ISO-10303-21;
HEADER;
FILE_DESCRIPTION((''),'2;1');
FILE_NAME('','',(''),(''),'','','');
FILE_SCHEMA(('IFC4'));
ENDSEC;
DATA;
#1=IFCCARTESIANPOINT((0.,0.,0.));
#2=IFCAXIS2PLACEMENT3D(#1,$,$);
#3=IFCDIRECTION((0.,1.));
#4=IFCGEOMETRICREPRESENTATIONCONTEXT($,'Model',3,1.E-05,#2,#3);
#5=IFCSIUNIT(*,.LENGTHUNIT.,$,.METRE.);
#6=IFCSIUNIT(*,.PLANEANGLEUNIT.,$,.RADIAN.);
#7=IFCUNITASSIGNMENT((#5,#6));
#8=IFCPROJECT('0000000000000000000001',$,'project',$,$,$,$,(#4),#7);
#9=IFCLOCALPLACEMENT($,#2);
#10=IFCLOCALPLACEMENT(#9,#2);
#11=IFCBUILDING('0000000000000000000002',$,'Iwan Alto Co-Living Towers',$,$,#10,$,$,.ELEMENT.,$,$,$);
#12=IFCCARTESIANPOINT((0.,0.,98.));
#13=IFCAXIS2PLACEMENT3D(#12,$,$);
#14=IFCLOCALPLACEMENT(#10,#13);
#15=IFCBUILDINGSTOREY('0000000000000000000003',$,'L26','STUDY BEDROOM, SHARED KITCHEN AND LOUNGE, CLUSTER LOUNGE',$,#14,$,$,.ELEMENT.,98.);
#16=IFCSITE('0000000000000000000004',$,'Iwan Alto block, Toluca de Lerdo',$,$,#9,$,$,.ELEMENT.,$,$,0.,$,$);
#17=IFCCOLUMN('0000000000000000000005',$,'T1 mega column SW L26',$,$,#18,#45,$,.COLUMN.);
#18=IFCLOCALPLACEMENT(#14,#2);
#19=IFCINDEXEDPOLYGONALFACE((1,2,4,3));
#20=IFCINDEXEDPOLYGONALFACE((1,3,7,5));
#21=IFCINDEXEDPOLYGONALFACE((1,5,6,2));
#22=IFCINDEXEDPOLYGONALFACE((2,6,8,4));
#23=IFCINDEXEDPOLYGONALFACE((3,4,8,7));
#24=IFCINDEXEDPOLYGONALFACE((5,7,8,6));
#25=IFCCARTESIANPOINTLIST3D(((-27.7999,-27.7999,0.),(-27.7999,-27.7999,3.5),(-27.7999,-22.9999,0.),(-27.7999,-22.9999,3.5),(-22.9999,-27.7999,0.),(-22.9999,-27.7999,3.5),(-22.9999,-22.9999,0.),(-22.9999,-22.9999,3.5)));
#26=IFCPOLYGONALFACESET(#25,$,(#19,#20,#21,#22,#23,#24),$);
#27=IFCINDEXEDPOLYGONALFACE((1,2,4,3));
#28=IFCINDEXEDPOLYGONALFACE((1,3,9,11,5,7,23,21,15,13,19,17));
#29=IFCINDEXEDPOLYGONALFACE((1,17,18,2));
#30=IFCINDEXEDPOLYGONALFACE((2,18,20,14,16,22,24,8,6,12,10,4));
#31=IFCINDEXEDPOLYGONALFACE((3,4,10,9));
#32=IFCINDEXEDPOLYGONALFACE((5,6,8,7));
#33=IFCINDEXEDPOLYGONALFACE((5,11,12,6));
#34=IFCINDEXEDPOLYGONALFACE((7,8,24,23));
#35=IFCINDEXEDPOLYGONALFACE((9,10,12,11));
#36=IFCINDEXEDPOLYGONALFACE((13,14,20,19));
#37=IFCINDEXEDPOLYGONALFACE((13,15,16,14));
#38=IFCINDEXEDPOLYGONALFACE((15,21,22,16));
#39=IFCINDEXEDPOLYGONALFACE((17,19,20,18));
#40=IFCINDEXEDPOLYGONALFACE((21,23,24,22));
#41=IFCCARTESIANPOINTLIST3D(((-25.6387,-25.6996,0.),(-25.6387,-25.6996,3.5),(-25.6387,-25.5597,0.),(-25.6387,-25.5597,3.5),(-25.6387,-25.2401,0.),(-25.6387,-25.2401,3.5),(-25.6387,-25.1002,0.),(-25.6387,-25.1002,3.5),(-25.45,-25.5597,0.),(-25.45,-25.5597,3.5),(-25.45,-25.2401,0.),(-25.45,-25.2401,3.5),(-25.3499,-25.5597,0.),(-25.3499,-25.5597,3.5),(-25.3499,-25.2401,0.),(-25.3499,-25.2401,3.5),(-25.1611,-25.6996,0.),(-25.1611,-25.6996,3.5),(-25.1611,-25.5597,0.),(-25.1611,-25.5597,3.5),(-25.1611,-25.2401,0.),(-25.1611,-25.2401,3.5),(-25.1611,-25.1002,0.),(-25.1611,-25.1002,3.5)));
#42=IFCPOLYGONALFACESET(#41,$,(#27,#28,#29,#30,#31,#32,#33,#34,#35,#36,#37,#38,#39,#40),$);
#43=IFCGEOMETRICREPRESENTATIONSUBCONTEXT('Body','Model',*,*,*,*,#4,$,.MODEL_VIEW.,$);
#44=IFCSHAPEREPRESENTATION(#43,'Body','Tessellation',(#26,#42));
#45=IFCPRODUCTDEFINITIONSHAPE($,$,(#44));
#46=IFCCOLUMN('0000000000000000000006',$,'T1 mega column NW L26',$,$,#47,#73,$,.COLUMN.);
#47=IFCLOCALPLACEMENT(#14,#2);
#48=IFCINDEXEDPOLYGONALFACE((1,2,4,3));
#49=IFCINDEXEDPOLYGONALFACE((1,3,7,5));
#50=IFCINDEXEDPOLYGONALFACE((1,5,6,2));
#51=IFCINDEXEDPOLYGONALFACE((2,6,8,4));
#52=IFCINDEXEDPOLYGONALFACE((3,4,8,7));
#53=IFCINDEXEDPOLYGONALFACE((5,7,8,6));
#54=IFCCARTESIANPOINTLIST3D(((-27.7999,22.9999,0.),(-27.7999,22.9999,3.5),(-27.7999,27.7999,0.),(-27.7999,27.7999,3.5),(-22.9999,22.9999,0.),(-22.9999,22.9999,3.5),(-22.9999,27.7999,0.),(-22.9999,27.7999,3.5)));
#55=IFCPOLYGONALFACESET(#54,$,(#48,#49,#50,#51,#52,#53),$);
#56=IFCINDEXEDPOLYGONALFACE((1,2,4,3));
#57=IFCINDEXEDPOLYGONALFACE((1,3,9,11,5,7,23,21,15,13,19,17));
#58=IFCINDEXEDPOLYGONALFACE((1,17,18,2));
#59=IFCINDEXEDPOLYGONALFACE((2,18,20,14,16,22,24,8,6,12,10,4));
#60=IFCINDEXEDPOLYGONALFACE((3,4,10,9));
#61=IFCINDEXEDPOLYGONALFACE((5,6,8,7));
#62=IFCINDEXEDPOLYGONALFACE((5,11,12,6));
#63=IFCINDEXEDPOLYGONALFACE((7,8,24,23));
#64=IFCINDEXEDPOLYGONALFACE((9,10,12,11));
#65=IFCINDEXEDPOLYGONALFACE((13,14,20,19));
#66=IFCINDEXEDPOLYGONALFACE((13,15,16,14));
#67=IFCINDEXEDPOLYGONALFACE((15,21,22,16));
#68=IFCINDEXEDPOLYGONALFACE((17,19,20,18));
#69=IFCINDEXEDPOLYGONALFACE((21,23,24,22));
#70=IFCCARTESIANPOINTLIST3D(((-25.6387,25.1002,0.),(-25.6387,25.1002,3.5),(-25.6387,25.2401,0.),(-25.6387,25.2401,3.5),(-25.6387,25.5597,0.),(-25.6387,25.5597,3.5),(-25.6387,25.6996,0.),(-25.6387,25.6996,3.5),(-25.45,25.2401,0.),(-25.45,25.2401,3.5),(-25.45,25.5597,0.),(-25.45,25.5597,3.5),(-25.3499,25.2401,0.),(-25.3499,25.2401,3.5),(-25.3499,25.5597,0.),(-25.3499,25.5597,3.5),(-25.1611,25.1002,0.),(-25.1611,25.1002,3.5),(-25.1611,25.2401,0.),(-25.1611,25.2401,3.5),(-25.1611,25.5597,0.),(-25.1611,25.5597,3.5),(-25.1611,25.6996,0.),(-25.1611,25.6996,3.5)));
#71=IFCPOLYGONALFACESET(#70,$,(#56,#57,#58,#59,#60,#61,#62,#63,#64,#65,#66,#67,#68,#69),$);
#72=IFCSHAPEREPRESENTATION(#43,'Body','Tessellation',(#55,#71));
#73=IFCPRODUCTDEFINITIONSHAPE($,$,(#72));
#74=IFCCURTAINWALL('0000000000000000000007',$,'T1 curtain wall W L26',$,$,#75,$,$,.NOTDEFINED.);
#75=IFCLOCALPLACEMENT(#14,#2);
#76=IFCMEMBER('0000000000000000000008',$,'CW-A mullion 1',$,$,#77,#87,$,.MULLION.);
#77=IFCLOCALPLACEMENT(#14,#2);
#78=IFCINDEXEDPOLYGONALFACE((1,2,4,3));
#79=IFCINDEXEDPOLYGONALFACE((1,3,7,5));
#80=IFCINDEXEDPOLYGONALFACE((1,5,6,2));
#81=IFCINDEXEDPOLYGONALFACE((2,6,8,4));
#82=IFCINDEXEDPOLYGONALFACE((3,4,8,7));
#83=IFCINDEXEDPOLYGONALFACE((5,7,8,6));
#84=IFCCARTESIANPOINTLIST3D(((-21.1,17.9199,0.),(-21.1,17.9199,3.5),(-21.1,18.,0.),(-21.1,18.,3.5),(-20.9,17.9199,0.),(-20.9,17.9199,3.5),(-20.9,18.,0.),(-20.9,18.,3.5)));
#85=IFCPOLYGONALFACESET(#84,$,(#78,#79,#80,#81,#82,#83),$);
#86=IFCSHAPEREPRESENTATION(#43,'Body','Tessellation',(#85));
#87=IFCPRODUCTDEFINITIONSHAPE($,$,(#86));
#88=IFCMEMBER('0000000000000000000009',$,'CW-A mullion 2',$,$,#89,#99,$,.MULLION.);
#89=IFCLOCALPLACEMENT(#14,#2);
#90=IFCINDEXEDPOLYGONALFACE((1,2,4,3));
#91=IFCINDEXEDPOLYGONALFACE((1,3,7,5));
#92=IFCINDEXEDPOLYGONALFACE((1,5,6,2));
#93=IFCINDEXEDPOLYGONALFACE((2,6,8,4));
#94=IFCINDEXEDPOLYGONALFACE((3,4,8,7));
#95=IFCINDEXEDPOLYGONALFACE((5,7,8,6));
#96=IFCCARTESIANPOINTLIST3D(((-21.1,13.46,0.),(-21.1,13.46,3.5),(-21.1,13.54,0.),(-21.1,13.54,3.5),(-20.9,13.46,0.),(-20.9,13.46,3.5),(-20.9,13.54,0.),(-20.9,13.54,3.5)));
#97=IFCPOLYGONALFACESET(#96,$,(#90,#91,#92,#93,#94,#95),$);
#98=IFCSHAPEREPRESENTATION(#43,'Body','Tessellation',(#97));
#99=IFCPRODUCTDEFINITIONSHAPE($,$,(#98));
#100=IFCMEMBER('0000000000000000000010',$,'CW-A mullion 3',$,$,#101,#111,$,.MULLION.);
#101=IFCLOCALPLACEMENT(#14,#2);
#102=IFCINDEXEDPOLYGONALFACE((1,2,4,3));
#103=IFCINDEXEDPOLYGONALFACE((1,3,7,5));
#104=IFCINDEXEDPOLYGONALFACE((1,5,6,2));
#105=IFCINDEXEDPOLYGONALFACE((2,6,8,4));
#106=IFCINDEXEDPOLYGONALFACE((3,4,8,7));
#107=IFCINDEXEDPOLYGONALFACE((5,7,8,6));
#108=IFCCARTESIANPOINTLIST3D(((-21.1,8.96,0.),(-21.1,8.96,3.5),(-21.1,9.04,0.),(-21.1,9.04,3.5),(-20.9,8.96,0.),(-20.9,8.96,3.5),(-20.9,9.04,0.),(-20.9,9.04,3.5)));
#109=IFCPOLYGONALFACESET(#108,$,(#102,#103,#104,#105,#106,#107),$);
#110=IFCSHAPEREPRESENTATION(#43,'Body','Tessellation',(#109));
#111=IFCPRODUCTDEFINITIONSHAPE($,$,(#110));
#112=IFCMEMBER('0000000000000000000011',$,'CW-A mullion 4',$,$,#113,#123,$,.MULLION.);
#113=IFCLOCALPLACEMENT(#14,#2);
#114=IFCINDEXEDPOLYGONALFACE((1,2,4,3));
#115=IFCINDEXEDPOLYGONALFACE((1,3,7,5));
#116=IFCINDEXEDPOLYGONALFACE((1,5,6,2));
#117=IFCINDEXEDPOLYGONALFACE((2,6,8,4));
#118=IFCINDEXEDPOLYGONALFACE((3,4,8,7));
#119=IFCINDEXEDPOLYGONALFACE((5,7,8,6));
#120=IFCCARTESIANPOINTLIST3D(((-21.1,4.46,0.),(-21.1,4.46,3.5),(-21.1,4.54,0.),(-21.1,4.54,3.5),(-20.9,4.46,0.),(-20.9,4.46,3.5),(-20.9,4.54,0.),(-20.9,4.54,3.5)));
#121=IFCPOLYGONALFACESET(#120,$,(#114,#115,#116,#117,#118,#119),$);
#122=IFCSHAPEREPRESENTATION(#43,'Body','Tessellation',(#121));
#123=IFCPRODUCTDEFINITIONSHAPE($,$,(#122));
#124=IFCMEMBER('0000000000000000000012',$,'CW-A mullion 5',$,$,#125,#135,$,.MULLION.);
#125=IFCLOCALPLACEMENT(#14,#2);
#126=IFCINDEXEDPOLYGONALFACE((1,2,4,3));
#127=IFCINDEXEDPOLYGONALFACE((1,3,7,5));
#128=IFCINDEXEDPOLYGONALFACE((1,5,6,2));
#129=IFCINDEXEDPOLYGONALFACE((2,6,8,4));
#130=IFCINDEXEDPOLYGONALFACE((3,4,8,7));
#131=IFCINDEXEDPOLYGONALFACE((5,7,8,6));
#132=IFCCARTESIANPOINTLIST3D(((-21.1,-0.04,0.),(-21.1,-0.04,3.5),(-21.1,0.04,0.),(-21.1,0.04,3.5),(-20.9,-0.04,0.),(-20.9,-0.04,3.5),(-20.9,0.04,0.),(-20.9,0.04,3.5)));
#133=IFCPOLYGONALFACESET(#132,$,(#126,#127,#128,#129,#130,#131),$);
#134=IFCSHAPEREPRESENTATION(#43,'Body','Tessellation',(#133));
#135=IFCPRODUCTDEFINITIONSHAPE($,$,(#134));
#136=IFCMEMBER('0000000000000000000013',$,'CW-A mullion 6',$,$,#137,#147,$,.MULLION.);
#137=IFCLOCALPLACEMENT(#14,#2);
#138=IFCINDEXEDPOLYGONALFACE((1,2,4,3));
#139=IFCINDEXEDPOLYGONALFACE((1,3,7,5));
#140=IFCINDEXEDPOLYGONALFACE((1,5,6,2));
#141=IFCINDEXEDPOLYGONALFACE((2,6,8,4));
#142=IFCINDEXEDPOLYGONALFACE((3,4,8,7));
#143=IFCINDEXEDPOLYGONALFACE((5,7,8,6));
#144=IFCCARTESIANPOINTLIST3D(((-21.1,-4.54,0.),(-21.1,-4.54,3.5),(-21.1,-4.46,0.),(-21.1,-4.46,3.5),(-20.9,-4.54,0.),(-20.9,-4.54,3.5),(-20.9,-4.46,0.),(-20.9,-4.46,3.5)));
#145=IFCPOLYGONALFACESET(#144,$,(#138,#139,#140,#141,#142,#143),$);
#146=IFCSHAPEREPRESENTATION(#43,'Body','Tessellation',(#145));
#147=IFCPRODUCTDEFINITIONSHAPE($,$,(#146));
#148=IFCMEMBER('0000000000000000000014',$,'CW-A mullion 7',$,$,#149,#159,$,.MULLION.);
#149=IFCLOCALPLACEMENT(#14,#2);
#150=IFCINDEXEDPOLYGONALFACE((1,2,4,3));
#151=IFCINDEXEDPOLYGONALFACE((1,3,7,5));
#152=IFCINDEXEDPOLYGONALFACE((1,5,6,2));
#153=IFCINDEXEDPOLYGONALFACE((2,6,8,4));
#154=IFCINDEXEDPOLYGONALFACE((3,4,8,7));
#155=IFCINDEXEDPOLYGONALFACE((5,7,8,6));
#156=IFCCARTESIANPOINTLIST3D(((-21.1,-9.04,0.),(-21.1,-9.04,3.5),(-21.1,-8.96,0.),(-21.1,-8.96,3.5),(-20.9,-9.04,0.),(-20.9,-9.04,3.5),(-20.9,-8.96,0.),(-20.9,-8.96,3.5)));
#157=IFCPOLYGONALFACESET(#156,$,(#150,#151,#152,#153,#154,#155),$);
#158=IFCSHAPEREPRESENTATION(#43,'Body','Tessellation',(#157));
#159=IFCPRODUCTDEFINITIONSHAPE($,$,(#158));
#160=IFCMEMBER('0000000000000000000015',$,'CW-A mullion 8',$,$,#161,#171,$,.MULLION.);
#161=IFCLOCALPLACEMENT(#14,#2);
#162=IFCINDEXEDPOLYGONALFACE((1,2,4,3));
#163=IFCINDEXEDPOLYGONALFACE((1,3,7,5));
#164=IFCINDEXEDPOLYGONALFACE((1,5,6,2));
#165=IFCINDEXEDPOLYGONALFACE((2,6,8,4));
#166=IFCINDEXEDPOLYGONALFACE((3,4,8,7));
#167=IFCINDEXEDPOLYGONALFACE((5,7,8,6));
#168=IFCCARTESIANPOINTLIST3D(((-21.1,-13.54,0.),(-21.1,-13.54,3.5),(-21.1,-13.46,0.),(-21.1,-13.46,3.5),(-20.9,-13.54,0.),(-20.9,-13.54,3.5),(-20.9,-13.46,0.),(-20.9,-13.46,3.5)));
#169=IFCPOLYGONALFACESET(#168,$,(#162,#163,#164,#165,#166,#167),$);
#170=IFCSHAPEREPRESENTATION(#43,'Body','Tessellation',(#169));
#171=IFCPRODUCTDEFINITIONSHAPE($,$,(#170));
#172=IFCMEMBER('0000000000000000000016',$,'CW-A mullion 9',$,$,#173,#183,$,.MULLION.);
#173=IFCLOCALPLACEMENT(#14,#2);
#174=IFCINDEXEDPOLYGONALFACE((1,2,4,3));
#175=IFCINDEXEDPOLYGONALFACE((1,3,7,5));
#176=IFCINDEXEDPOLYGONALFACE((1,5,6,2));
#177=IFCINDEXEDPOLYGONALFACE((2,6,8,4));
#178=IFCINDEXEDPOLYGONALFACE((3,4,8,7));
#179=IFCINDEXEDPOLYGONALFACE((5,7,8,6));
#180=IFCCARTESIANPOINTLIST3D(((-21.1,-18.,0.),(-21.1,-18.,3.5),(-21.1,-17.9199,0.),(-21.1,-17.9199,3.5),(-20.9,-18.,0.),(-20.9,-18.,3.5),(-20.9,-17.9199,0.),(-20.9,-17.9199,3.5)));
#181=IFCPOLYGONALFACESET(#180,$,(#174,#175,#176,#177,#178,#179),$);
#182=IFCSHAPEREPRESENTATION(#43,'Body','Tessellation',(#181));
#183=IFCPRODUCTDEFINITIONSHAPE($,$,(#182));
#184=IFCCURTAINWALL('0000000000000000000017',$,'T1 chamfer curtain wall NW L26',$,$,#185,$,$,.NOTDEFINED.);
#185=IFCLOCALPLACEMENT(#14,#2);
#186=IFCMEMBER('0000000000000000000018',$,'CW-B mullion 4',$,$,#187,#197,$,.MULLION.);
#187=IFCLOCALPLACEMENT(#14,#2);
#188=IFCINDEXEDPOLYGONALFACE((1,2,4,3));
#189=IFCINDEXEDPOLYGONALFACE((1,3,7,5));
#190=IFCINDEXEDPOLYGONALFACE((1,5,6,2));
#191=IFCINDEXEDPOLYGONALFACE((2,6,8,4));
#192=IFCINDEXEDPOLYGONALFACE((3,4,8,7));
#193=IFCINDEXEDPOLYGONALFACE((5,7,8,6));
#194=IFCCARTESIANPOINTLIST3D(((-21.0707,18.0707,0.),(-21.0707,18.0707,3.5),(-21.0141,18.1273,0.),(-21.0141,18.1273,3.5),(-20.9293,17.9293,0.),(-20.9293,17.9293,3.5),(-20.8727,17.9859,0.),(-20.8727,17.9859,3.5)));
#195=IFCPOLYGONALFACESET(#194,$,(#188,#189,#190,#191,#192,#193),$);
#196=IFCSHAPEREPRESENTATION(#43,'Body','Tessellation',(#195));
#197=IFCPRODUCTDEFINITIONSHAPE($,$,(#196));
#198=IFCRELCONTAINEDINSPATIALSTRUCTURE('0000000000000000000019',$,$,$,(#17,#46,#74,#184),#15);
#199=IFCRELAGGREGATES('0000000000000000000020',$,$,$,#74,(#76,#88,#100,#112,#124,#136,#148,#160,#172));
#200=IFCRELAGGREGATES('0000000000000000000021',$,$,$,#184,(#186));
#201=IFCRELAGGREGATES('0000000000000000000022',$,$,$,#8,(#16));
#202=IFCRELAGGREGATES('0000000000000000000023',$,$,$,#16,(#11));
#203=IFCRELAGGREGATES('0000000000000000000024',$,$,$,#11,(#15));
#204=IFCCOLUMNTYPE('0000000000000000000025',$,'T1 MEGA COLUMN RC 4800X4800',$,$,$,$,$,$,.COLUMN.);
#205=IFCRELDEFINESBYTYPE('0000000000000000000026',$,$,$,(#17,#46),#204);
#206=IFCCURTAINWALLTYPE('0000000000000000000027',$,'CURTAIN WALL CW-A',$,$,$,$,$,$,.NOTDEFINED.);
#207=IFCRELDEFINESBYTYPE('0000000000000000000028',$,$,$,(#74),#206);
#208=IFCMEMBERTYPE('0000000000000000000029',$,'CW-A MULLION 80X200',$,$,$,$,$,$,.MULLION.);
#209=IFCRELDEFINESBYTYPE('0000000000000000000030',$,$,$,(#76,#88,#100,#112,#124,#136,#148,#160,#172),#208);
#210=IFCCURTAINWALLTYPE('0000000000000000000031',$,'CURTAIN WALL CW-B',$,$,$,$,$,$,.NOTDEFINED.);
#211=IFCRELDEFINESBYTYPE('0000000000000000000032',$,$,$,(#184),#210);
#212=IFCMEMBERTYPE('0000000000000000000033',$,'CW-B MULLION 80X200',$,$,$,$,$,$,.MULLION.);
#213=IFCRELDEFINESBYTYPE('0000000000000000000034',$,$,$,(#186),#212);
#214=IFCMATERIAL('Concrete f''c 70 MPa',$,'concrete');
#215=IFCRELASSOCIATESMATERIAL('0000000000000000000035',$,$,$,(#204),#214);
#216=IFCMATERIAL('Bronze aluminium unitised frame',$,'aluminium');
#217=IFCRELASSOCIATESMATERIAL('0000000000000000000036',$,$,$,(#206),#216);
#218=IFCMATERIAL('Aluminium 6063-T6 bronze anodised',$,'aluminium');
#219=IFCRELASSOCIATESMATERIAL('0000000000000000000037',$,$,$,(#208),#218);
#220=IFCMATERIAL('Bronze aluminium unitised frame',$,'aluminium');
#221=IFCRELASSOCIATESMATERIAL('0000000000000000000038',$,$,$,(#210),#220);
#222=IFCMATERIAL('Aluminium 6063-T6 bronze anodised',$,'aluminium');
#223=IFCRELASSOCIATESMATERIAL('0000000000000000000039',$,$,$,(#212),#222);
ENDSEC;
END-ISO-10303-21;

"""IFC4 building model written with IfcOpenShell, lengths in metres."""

from ifc_helpers import new_model, si_unit, direction, frame, origin, origin_2d, place, context, subcontext, project, spatial, rectangle, i_section, extrude, material, material_profile, profile_set, type_object, element, aggregate, save


model = new_model("IFC4")

# Units and contexts
model_context = context("Model", 3, precision=1e-05, world=origin(), true_north=direction((0.0, 1.0)))
body_context = subcontext(model_context, "Body", "Model", "MODEL_VIEW")
ifc_project = project(units=[si_unit("LENGTHUNIT", "METRE"), si_unit("PLANEANGLEUNIT", "RADIAN")], contexts=[model_context])

# Site, building, storey
site_placement = place(None, origin())
site = spatial("IfcSite", under=ifc_project, at=site_placement, Name="Iwan Alto block, Toluca de Lerdo", CompositionType="ELEMENT", RefElevation=0.0)
building_placement = place(site_placement, origin())
building = spatial("IfcBuilding", under=site, at=building_placement, Name="Iwan Alto Co-Living Towers", CompositionType="ELEMENT")
storey_placement = place(building_placement, frame((0.0, 0.0, 98.0)))
storey = spatial("IfcBuildingStorey", under=building, at=storey_placement, Name="L26", Description="STUDY BEDROOM, SHARED KITCHEN AND LOUNGE, CLUSTER LOUNGE", CompositionType="ELEMENT", Elevation=98.0)

# Columns
ifc_material_1 = material(Name="Concrete f'c 70 MPa", Category="concrete")
ifc_material_profile_1 = material_profile(ifc_material_1, rectangle(XDim=4.8, YDim=4.8, at=origin_2d()), Name="RC 4800X4800")
ifc_profile_set_1 = profile_set([ifc_material_profile_1], Name="Concrete f'c 70 MPa")
column_type = type_object("IfcColumnType", Name="T1 MEGA COLUMN RC 4800X4800", PredefinedType="COLUMN", material=ifc_profile_set_1)
for number, where, z_axis, x_axis, name in (
    (1, (-25.3999, -25.3999, 0.0), (0.0, 0.0, 1.0), (1.0, 0.0, 0.0), "T1 mega column SW L26"),
    (2, (-25.3999, 25.3999, 0.0), (0.0, 0.0, 1.0), (1.0, 0.0, 0.0), "T1 mega column NW L26"),
):
    element("IfcColumn", number, at=place(storey_placement, frame(where, z_axis=z_axis, x_axis=x_axis)), inside=storey, type_object=column_type, Name=name, PredefinedType="COLUMN", context=body_context, shape_type="SweptSolid", body=[
        extrude(rectangle(XDim=4.8, YDim=4.8, at=origin_2d()), origin(), (0.0, 0.0, 1.0), 3.5),
        extrude(i_section(OverallWidth=0.4775, OverallDepth=0.5994, WebThickness=0.1001, FlangeThickness=0.1399, at=origin_2d()), origin(), (0.0, 0.0, 1.0), 3.5),
    ])

# Curtain wall, members
ifc_material_2 = material(Name="Bronze aluminium unitised frame", Category="aluminium")
curtain_wall_type_1 = type_object("IfcCurtainWallType", Name="CURTAIN WALL CW-A", PredefinedType="NOTDEFINED", material=ifc_material_2)
curtain_wall_1_placement = place(storey_placement, origin())
curtain_wall_1 = element("IfcCurtainWall", 3, at=curtain_wall_1_placement, inside=storey, type_object=curtain_wall_type_1, Name="T1 curtain wall W L26", PredefinedType="NOTDEFINED")
ifc_material_3 = material(Name="Aluminium 6063-T6 bronze anodised", Category="aluminium")
ifc_material_profile_2 = material_profile(ifc_material_3, rectangle(XDim=0.2, YDim=0.0801, at=origin_2d()), Name="AL 80X200")
ifc_profile_set_2 = profile_set([ifc_material_profile_2], Name="Aluminium 6063-T6 bronze anodised")
member_type_1 = type_object("IfcMemberType", Name="CW-A MULLION 80X200", PredefinedType="MULLION", material=ifc_profile_set_2)
member_1_placement = place(storey_placement, frame((-21.0, 17.96, 0.0), z_axis=(0.0, 0.0, 1.0), x_axis=(1.0, 0.0, 0.0)))
member_1 = element("IfcMember", 4, at=member_1_placement, type_object=member_type_1, Name="CW-A mullion 1", PredefinedType="MULLION", context=body_context, shape_type="SweptSolid", body=[
    extrude(rectangle(XDim=0.2, YDim=0.0801, at=origin_2d()), origin(), (0.0, 0.0, 1.0), 3.5),
])
member_2_placement = place(storey_placement, frame((-21.0, 13.5, 0.0), z_axis=(0.0, 0.0, 1.0), x_axis=(1.0, 0.0, 0.0)))
member_2 = element("IfcMember", 5, at=member_2_placement, type_object=member_type_1, Name="CW-A mullion 2", PredefinedType="MULLION", context=body_context, shape_type="SweptSolid", body=[
    extrude(rectangle(XDim=0.2, YDim=0.0801, at=origin_2d()), origin(), (0.0, 0.0, 1.0), 3.5),
])
member_3_placement = place(storey_placement, frame((-21.0, 9.0, 0.0), z_axis=(0.0, 0.0, 1.0), x_axis=(1.0, 0.0, 0.0)))
member_3 = element("IfcMember", 6, at=member_3_placement, type_object=member_type_1, Name="CW-A mullion 3", PredefinedType="MULLION", context=body_context, shape_type="SweptSolid", body=[
    extrude(rectangle(XDim=0.2, YDim=0.0801, at=origin_2d()), origin(), (0.0, 0.0, 1.0), 3.5),
])
member_4_placement = place(storey_placement, frame((-21.0, 4.5, 0.0), z_axis=(0.0, 0.0, 1.0), x_axis=(1.0, 0.0, 0.0)))
member_4 = element("IfcMember", 7, at=member_4_placement, type_object=member_type_1, Name="CW-A mullion 4", PredefinedType="MULLION", context=body_context, shape_type="SweptSolid", body=[
    extrude(rectangle(XDim=0.2, YDim=0.0801, at=origin_2d()), origin(), (0.0, 0.0, 1.0), 3.5),
])
member_5_placement = place(storey_placement, frame((-21.0, 0.0, 0.0), z_axis=(0.0, 0.0, 1.0), x_axis=(1.0, 0.0, 0.0)))
member_5 = element("IfcMember", 8, at=member_5_placement, type_object=member_type_1, Name="CW-A mullion 5", PredefinedType="MULLION", context=body_context, shape_type="SweptSolid", body=[
    extrude(rectangle(XDim=0.2, YDim=0.0801, at=origin_2d()), origin(), (0.0, 0.0, 1.0), 3.5),
])
member_6_placement = place(storey_placement, frame((-21.0, -4.5, 0.0), z_axis=(0.0, 0.0, 1.0), x_axis=(1.0, 0.0, 0.0)))
member_6 = element("IfcMember", 9, at=member_6_placement, type_object=member_type_1, Name="CW-A mullion 6", PredefinedType="MULLION", context=body_context, shape_type="SweptSolid", body=[
    extrude(rectangle(XDim=0.2, YDim=0.0801, at=origin_2d()), origin(), (0.0, 0.0, 1.0), 3.5),
])
member_7_placement = place(storey_placement, frame((-21.0, -9.0, 0.0), z_axis=(0.0, 0.0, 1.0), x_axis=(1.0, 0.0, 0.0)))
member_7 = element("IfcMember", 10, at=member_7_placement, type_object=member_type_1, Name="CW-A mullion 7", PredefinedType="MULLION", context=body_context, shape_type="SweptSolid", body=[
    extrude(rectangle(XDim=0.2, YDim=0.0801, at=origin_2d()), origin(), (0.0, 0.0, 1.0), 3.5),
])
member_8_placement = place(storey_placement, frame((-21.0, -13.5, 0.0), z_axis=(0.0, 0.0, 1.0), x_axis=(1.0, 0.0, 0.0)))
member_8 = element("IfcMember", 11, at=member_8_placement, type_object=member_type_1, Name="CW-A mullion 8", PredefinedType="MULLION", context=body_context, shape_type="SweptSolid", body=[
    extrude(rectangle(XDim=0.2, YDim=0.0801, at=origin_2d()), origin(), (0.0, 0.0, 1.0), 3.5),
])
member_9_placement = place(storey_placement, frame((-21.0, -17.96, 0.0), z_axis=(0.0, 0.0, 1.0), x_axis=(1.0, 0.0, 0.0)))
member_9 = element("IfcMember", 12, at=member_9_placement, type_object=member_type_1, Name="CW-A mullion 9", PredefinedType="MULLION", context=body_context, shape_type="SweptSolid", body=[
    extrude(rectangle(XDim=0.2, YDim=0.0801, at=origin_2d()), origin(), (0.0, 0.0, 1.0), 3.5),
])
aggregate(curtain_wall_1, [member_1, member_2, member_3, member_4, member_5, member_6, member_7, member_8, member_9])

# Curtain wall, member
ifc_material_4 = material(Name="Bronze aluminium unitised frame", Category="aluminium")
curtain_wall_type_2 = type_object("IfcCurtainWallType", Name="CURTAIN WALL CW-B", PredefinedType="NOTDEFINED", material=ifc_material_4)
curtain_wall_2_placement = place(storey_placement, origin())
curtain_wall_2 = element("IfcCurtainWall", 13, at=curtain_wall_2_placement, inside=storey, type_object=curtain_wall_type_2, Name="T1 chamfer curtain wall NW L26", PredefinedType="NOTDEFINED")
ifc_material_5 = material(Name="Aluminium 6063-T6 bronze anodised", Category="aluminium")
ifc_material_profile_3 = material_profile(ifc_material_5, rectangle(XDim=0.2, YDim=0.0801, at=origin_2d()), Name="AL 80X200")
ifc_profile_set_3 = profile_set([ifc_material_profile_3], Name="Aluminium 6063-T6 bronze anodised")
member_type_2 = type_object("IfcMemberType", Name="CW-B MULLION 80X200", PredefinedType="MULLION", material=ifc_profile_set_3)
member_10_placement = place(storey_placement, frame((-20.9717, 18.0283, 0.0), z_axis=(0.0, 0.0, 1.0), x_axis=(0.707107, -0.707107, 0.0)))
member_10 = element("IfcMember", 14, at=member_10_placement, type_object=member_type_2, Name="CW-B mullion 4", PredefinedType="MULLION", context=body_context, shape_type="SweptSolid", body=[
    extrude(rectangle(XDim=0.2, YDim=0.0801, at=origin_2d()), origin(), (0.0, 0.0, 1.0), 3.5),
])
aggregate(curtain_wall_2, [member_10])

save(model, "model.ifc")
